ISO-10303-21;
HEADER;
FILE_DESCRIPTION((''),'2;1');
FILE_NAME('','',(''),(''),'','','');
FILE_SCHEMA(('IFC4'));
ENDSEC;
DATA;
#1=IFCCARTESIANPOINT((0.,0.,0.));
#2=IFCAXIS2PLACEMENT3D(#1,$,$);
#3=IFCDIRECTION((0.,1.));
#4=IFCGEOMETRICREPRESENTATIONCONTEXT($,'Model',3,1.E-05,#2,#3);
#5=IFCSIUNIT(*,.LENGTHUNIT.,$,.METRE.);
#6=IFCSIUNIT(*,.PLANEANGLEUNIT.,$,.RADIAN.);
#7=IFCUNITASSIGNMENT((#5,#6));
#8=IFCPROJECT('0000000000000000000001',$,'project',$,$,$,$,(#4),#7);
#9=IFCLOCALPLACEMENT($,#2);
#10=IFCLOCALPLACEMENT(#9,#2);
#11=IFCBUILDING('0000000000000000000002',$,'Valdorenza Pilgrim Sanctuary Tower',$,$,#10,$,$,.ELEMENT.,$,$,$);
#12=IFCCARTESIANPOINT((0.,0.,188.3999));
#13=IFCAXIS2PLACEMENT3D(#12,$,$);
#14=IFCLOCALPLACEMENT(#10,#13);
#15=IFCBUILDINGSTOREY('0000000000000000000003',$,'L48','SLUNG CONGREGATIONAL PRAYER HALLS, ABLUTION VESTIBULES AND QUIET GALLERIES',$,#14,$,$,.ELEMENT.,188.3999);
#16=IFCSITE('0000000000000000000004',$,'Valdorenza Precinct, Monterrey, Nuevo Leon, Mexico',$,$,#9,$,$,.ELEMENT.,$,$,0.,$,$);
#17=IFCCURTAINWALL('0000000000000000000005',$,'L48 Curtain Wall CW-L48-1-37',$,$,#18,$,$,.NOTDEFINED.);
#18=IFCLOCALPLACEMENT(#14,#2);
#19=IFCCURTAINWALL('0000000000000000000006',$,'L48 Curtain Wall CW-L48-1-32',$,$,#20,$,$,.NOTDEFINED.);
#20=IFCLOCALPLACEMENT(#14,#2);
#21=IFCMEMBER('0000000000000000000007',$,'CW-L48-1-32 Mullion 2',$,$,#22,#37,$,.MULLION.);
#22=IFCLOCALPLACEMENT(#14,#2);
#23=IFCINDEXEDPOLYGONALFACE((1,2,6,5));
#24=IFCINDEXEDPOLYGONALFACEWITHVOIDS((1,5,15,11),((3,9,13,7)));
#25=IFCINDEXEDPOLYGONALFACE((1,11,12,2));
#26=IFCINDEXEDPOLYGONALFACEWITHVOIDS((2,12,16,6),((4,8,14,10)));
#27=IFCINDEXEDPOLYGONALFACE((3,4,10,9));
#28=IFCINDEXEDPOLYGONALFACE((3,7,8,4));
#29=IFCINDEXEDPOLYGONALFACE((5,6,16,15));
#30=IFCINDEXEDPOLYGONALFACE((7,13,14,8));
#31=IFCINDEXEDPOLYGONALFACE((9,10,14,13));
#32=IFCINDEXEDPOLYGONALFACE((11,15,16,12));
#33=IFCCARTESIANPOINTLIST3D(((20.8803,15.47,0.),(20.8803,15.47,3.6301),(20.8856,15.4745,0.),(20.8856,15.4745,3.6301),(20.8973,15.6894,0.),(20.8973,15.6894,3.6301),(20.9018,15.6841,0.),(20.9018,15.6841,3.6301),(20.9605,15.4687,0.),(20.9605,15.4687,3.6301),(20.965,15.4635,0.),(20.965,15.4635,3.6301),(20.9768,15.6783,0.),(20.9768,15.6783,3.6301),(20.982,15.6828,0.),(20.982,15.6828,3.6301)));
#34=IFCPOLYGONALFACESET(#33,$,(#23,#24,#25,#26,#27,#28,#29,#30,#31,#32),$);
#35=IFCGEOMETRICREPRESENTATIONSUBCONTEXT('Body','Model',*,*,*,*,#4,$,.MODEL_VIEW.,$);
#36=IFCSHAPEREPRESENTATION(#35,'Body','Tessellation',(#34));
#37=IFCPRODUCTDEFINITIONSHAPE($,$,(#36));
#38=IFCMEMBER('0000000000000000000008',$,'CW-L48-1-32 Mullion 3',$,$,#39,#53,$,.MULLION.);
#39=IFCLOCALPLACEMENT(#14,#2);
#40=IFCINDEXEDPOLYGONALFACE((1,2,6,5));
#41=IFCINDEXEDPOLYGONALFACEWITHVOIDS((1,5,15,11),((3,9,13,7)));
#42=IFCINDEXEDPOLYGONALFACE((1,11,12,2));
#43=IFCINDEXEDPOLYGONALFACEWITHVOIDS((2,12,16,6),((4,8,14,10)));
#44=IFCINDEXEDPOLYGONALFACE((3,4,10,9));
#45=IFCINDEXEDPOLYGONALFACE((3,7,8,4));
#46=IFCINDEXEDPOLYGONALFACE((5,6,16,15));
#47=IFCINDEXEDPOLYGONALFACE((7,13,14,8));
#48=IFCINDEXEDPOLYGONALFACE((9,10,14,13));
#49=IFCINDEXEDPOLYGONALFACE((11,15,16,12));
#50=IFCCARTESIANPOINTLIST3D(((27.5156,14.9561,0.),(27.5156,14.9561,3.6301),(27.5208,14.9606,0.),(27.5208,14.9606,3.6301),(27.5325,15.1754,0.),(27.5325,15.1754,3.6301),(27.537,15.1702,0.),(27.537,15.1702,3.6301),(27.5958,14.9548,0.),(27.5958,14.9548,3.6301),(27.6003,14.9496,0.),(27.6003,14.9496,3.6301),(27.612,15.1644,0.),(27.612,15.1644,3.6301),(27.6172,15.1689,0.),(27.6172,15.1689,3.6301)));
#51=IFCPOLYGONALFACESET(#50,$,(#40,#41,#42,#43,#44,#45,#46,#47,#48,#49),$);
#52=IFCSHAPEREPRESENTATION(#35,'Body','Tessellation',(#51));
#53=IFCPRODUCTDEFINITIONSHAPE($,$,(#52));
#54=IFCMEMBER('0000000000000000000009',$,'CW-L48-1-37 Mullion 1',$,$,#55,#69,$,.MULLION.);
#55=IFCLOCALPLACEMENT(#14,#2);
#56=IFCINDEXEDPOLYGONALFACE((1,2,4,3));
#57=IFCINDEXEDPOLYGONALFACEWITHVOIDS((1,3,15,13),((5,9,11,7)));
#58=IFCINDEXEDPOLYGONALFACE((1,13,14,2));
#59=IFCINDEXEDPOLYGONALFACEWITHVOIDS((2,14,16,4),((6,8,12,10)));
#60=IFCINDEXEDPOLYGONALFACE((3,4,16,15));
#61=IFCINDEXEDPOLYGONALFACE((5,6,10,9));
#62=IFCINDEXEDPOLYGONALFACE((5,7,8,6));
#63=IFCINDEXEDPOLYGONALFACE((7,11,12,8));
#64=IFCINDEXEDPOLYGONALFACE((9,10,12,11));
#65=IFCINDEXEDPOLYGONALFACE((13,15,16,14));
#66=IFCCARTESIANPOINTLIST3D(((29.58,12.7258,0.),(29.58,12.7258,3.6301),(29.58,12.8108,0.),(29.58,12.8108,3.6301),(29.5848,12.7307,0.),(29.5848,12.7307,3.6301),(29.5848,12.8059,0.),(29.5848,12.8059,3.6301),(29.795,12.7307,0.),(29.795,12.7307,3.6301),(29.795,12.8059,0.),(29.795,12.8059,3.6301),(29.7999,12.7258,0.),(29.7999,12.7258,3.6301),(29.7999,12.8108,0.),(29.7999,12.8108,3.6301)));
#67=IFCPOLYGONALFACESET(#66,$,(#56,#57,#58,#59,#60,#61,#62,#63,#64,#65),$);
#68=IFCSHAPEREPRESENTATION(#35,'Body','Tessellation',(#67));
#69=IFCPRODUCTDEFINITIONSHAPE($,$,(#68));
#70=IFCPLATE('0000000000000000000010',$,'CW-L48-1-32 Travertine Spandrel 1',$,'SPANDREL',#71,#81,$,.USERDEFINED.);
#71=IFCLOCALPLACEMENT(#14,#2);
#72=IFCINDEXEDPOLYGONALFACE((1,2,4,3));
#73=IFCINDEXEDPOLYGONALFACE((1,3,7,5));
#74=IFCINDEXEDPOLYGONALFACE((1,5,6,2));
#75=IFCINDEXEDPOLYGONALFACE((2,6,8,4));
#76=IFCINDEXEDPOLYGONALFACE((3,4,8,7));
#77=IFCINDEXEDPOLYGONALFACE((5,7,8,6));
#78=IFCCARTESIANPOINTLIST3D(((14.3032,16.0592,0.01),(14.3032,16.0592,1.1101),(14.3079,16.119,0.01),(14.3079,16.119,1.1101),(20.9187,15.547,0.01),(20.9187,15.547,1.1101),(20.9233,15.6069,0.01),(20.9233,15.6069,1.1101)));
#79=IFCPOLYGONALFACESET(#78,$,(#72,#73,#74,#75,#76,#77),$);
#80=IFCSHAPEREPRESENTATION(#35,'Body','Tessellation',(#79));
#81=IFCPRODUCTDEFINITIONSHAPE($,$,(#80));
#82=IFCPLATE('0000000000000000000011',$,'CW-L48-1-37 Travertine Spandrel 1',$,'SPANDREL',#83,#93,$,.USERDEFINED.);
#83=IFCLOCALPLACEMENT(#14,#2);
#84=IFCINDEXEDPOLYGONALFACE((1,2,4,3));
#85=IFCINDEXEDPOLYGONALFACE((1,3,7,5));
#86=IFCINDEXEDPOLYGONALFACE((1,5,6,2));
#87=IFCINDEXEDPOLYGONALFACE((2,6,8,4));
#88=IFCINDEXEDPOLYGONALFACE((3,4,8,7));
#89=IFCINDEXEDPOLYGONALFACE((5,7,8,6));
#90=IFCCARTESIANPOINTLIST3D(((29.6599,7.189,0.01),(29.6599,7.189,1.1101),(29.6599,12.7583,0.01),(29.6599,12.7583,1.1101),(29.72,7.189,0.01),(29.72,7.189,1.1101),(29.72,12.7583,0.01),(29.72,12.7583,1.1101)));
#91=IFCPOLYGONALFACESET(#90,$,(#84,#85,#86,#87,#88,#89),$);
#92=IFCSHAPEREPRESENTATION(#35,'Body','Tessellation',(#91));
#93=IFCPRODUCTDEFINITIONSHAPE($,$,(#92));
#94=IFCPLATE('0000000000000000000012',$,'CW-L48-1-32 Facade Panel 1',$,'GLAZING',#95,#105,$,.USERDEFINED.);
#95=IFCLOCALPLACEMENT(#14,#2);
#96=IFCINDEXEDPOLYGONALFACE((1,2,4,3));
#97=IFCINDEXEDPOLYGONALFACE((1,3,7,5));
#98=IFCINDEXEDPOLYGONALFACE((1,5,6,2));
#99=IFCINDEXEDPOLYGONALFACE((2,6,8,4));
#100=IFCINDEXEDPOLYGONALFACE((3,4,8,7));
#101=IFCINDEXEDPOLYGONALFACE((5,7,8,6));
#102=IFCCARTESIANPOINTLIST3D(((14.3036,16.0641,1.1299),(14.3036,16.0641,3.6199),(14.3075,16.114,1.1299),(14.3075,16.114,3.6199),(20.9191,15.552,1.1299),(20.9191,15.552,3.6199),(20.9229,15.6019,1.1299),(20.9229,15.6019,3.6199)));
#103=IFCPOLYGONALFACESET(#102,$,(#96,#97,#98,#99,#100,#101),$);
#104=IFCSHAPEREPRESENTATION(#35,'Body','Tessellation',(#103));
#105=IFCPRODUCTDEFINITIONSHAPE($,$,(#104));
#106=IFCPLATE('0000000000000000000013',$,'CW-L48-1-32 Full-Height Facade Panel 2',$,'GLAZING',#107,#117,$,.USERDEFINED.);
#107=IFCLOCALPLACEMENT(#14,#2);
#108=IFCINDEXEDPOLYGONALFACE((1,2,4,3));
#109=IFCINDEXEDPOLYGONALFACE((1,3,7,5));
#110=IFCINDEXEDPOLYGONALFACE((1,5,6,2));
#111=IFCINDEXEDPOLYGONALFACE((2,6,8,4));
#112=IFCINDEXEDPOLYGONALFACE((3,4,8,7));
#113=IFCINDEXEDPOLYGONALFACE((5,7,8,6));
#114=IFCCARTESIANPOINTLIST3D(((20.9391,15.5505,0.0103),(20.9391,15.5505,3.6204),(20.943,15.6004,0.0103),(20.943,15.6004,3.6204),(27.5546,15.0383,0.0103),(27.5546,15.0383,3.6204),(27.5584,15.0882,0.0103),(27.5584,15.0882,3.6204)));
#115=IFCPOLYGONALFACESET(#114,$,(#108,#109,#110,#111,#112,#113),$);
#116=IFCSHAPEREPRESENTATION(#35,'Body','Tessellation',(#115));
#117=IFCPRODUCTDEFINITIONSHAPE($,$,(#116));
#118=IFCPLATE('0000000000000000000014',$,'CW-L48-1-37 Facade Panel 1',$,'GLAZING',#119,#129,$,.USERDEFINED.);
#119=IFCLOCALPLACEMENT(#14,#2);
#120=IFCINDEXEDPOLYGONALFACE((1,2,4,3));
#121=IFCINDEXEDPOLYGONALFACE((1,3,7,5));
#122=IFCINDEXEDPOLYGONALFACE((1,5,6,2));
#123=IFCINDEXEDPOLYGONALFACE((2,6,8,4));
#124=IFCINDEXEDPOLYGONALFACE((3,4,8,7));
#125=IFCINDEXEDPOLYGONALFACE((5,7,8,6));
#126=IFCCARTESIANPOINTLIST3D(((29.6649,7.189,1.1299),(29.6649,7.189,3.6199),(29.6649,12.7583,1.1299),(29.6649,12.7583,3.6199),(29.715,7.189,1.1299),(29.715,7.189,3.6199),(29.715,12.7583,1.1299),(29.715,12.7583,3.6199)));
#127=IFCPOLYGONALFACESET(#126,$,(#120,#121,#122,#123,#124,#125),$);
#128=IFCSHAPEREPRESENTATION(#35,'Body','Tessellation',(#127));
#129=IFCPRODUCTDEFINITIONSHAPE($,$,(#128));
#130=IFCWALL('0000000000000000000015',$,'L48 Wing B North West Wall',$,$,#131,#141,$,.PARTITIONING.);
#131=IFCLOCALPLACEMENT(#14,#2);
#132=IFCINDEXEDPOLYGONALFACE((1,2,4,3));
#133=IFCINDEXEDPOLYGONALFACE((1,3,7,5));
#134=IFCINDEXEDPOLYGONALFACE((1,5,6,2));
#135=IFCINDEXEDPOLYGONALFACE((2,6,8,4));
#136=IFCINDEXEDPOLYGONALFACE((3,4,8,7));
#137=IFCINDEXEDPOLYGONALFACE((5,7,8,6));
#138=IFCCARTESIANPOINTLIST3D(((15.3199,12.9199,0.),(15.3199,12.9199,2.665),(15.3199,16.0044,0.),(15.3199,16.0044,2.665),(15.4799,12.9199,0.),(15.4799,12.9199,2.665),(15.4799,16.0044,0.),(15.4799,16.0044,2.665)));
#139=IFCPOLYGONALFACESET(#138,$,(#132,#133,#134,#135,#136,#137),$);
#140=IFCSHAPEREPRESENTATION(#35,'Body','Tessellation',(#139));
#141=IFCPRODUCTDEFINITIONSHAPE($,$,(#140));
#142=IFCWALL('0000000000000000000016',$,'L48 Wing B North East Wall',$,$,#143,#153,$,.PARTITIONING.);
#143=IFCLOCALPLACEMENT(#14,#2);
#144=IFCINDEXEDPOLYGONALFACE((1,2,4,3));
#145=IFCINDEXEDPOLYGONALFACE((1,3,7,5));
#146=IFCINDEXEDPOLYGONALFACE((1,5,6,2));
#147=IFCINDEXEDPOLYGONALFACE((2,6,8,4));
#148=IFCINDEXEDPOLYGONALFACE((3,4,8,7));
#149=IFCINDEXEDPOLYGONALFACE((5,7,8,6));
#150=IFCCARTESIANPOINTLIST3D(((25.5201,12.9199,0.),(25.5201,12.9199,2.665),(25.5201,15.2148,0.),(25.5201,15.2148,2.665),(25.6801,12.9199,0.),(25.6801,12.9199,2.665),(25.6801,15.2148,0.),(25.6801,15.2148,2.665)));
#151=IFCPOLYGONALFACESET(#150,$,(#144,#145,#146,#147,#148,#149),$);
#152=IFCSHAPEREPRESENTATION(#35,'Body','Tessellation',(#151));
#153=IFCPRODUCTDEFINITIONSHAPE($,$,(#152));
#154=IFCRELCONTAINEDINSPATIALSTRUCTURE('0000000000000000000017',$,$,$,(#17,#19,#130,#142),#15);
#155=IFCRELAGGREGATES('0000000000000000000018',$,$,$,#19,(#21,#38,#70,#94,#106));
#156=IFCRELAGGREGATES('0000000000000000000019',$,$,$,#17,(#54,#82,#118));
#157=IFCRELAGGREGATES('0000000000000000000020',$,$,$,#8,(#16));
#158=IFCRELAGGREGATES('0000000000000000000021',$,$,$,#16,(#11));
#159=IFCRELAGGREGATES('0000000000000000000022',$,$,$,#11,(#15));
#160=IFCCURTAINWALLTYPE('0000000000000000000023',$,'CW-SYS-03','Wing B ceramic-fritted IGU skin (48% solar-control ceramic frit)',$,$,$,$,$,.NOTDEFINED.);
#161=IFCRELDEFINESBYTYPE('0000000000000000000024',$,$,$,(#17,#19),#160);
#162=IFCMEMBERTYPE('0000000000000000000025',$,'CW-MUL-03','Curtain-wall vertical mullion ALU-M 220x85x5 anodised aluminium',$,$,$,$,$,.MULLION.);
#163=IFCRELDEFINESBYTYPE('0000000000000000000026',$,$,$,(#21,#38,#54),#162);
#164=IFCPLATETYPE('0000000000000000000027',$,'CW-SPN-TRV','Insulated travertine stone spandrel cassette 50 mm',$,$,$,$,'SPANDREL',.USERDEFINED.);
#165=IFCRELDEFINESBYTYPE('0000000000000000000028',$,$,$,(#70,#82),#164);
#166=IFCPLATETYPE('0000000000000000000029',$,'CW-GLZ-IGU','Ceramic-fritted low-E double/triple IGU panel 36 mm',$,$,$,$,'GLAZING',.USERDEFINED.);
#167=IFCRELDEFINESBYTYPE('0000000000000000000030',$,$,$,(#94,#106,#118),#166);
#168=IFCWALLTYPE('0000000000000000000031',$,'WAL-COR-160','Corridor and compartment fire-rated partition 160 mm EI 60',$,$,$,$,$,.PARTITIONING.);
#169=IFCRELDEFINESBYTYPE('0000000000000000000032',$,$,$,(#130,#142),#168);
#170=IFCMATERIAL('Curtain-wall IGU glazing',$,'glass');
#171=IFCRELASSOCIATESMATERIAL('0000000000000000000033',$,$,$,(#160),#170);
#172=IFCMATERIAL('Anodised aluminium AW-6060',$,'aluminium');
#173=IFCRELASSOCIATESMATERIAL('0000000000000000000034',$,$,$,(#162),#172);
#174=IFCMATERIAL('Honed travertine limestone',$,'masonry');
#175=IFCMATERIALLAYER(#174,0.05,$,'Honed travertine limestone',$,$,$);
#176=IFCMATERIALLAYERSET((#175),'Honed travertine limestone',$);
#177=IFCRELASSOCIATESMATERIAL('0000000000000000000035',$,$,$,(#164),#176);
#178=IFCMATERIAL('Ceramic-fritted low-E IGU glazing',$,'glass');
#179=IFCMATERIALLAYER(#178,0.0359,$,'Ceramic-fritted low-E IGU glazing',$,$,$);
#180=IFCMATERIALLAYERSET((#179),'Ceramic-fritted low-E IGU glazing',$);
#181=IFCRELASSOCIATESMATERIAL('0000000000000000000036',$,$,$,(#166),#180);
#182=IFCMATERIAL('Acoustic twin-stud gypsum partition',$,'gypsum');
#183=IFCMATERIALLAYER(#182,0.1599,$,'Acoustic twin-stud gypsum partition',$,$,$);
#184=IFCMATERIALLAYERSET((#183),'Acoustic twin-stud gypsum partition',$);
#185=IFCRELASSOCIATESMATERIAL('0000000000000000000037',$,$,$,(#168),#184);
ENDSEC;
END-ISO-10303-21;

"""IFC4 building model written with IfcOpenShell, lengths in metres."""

from ifc_helpers import new_model, si_unit, direction, frame, frame_2d, origin, origin_2d, place, context, subcontext, project, spatial, rectangle, hollow_rectangle, extrude, source, transform, mapped, material, layer, layer_set, material_profile, profile_set, type_object, element, aggregate, save


model = new_model("IFC4")

# Units and contexts
model_context = context("Model", 3, precision=1e-05, world=origin(), true_north=direction((0.0, 1.0)))
body_context = subcontext(model_context, "Body", "Model", "MODEL_VIEW")
ifc_project = project(units=[si_unit("LENGTHUNIT", "METRE"), si_unit("PLANEANGLEUNIT", "RADIAN")], contexts=[model_context])

# Site, building, storey
site_placement = place(None, origin())
site = spatial("IfcSite", under=ifc_project, at=site_placement, Name="Valdorenza Precinct, Monterrey, Nuevo Leon, Mexico", CompositionType="ELEMENT", RefElevation=0.0)
building_placement = place(site_placement, origin())
building = spatial("IfcBuilding", under=site, at=building_placement, Name="Valdorenza Pilgrim Sanctuary Tower", CompositionType="ELEMENT")
storey_placement = place(building_placement, frame((0.0, 0.0, 188.3999)))
storey = spatial("IfcBuildingStorey", under=building, at=storey_placement, Name="L48", Description="SLUNG CONGREGATIONAL PRAYER HALLS, ABLUTION VESTIBULES AND QUIET GALLERIES", CompositionType="ELEMENT", Elevation=188.3999)

# Curtain wall
ifc_material_1 = material(Name="Curtain-wall IGU glazing", Category="glass")
curtain_wall_type = type_object("IfcCurtainWallType", Name="CW-SYS-03", Description="Wing B ceramic-fritted IGU skin (48% solar-control ceramic frit)", PredefinedType="NOTDEFINED", material=ifc_material_1)
curtain_wall_1_placement = place(storey_placement, origin())
curtain_wall_1 = element("IfcCurtainWall", 1, at=curtain_wall_1_placement, inside=storey, type_object=curtain_wall_type, Name="L48 Curtain Wall CW-L48-1-37", PredefinedType="NOTDEFINED")
ifc_material_2 = material(Name="Anodised aluminium AW-6060", Category="aluminium")

# Curtain wall, members
curtain_wall_2_placement = place(storey_placement, origin())
curtain_wall_2 = element("IfcCurtainWall", 2, at=curtain_wall_2_placement, inside=storey, type_object=curtain_wall_type, Name="L48 Curtain Wall CW-L48-1-32", PredefinedType="NOTDEFINED")
ifc_material_profile_1 = material_profile(ifc_material_2, hollow_rectangle(XDim=0.085, YDim=0.22, WallThickness=0.0049, at=origin_2d()), Name="ALU-M 220x85x5")
ifc_profile_set_1 = profile_set([ifc_material_profile_1], Name="Anodised aluminium AW-6060")
member_type_1 = type_object("IfcMemberType", Name="CW-MUL-03", Description="Curtain-wall vertical mullion ALU-M 220x85x5 anodised aluminium", PredefinedType="MULLION", material=ifc_profile_set_1)
shared_shape_1 = source(origin(), body_context, "Body", "SweptSolid", [
    extrude(hollow_rectangle(XDim=0.085, YDim=0.22, WallThickness=0.0049, at=origin_2d()), origin(), (0.0, 0.0, 1.0), 3.6301),
])
member_1_placement = place(storey_placement, frame((20.9312, 15.5764, 0.0), z_axis=(0.0, 0.0, 1.0), x_axis=(0.997016, -0.077189, 0.0)))
member_1 = element("IfcMember", 3, at=member_1_placement, type_object=member_type_1, Name="CW-L48-1-32 Mullion 2", PredefinedType="MULLION", context=body_context, shape_type="MappedRepresentation", body=[
    mapped(shared_shape_1, transform((0.0, 0.0, 0.0), x_axis=(1.0, 0.0, 0.0), y_axis=(0.0, 1.0, 0.0), z_axis=(0.0, 0.0, 1.0), scale=1.0)),
])
member_2_placement = place(storey_placement, frame((27.5664, 15.0625, 0.0), z_axis=(0.0, 0.0, 1.0), x_axis=(0.997016, -0.077189, 0.0)))
member_2 = element("IfcMember", 4, at=member_2_placement, type_object=member_type_1, Name="CW-L48-1-32 Mullion 3", PredefinedType="MULLION", context=body_context, shape_type="MappedRepresentation", body=[
    mapped(shared_shape_1, transform((0.0, 0.0, 0.0), x_axis=(1.0, 0.0, 0.0), y_axis=(0.0, 1.0, 0.0), z_axis=(0.0, 0.0, 1.0), scale=1.0)),
])

# Member
member_3_placement = place(storey_placement, frame((29.6899, 12.7683, 0.0), z_axis=(0.0, 0.0, 1.0), x_axis=(0.0, -1.0, 0.0)))
member_3 = element("IfcMember", 5, at=member_3_placement, type_object=member_type_1, Name="CW-L48-1-37 Mullion 1", PredefinedType="MULLION", context=body_context, shape_type="MappedRepresentation", body=[
    mapped(shared_shape_1, transform((0.0, 0.0, 0.0), x_axis=(1.0, 0.0, 0.0), y_axis=(0.0, 1.0, 0.0), z_axis=(0.0, 0.0, 1.0), scale=1.0)),
])

# Plates
ifc_material_3 = material(Name="Honed travertine limestone", Category="masonry")
ifc_layer_1 = layer(ifc_material_3, 0.05, Name="Honed travertine limestone")
ifc_layer_set_1 = layer_set([ifc_layer_1], Name="Honed travertine limestone")
plate_type_1 = type_object("IfcPlateType", Name="CW-SPN-TRV", Description="Insulated travertine stone spandrel cassette 50 mm", ElementType="SPANDREL", PredefinedType="USERDEFINED", material=ifc_layer_set_1)
shared_shape_2 = source(origin(), body_context, "Body", "SweptSolid", [
    extrude(rectangle(XDim=6.6353, YDim=0.0601, at=origin_2d()), origin(), (0.0, 0.0, 1.0), 1.1001),
])
plate_1_placement = place(storey_placement, frame((17.6133, 15.833, 0.01), z_axis=(0.0, 0.0, 1.0), x_axis=(0.997016, -0.077189, 0.0)))
plate_1 = element("IfcPlate", 6, at=plate_1_placement, type_object=plate_type_1, Name="CW-L48-1-32 Travertine Spandrel 1", ObjectType="SPANDREL", PredefinedType="USERDEFINED", context=body_context, shape_type="MappedRepresentation", body=[
    mapped(shared_shape_2, transform((0.0, 0.0, 0.0), x_axis=(1.0, 0.0, 0.0), y_axis=(0.0, 1.0, 0.0), z_axis=(0.0, 0.0, 1.0), scale=1.0)),
])
shared_shape_3 = source(origin(), body_context, "Body", "SweptSolid", [
    extrude(rectangle(XDim=5.5693, YDim=0.0601, at=origin_2d()), origin(), (0.0, 0.0, 1.0), 1.1001),
])
plate_2_placement = place(storey_placement, frame((29.6899, 9.9736, 0.01), z_axis=(0.0, 0.0, 1.0), x_axis=(0.0, -1.0, 0.0)))
plate_2 = element("IfcPlate", 7, at=plate_2_placement, type_object=plate_type_1, Name="CW-L48-1-37 Travertine Spandrel 1", ObjectType="SPANDREL", PredefinedType="USERDEFINED", context=body_context, shape_type="MappedRepresentation", body=[
    mapped(shared_shape_3, transform((0.0, 0.0, 0.0), x_axis=(1.0, 0.0, 0.0), y_axis=(0.0, 1.0, 0.0), z_axis=(0.0, 0.0, 1.0), scale=1.0)),
])
ifc_material_4 = material(Name="Ceramic-fritted low-E IGU glazing", Category="glass")
ifc_layer_2 = layer(ifc_material_4, 0.0359, Name="Ceramic-fritted low-E IGU glazing")
ifc_layer_set_2 = layer_set([ifc_layer_2], Name="Ceramic-fritted low-E IGU glazing")
plate_type_2 = type_object("IfcPlateType", Name="CW-GLZ-IGU", Description="Ceramic-fritted low-E double/triple IGU panel 36 mm", ElementType="GLAZING", PredefinedType="USERDEFINED", material=ifc_layer_set_2)
shared_shape_4 = source(origin(), body_context, "Body", "SweptSolid", [
    extrude(rectangle(XDim=6.6353, YDim=0.05, at=origin_2d()), origin(), (0.0, 0.0, 1.0), 2.49),
])
plate_3_placement = place(storey_placement, frame((17.6133, 15.833, 1.1299), z_axis=(0.0, 0.0, 1.0), x_axis=(0.997016, -0.077189, 0.0)))
plate_3 = element("IfcPlate", 8, at=plate_3_placement, type_object=plate_type_2, Name="CW-L48-1-32 Facade Panel 1", ObjectType="GLAZING", PredefinedType="USERDEFINED", context=body_context, shape_type="MappedRepresentation", body=[
    mapped(shared_shape_4, transform((0.0, 0.0, 0.0), x_axis=(1.0, 0.0, 0.0), y_axis=(0.0, 1.0, 0.0), z_axis=(0.0, 0.0, 1.0), scale=1.0)),
])
shared_shape_5 = source(origin(), body_context, "Body", "SweptSolid", [
    extrude(rectangle(XDim=6.6353, YDim=0.05, at=origin_2d()), origin(), (0.0, 0.0, 1.0), 3.6101),
])
plate_4_placement = place(storey_placement, frame((24.2488, 15.3193, 0.0103), z_axis=(0.0, 0.0, 1.0), x_axis=(0.997016, -0.077189, 0.0)))
plate_4 = element("IfcPlate", 9, at=plate_4_placement, type_object=plate_type_2, Name="CW-L48-1-32 Full-Height Facade Panel 2", ObjectType="GLAZING", PredefinedType="USERDEFINED", context=body_context, shape_type="MappedRepresentation", body=[
    mapped(shared_shape_5, transform((0.0, 0.0, 0.0), x_axis=(1.0, 0.0, 0.0), y_axis=(0.0, 1.0, 0.0), z_axis=(0.0, 0.0, 1.0), scale=1.0)),
])
aggregate(curtain_wall_2, [member_1, member_2, plate_1, plate_3, plate_4])
shared_shape_6 = source(origin(), body_context, "Body", "SweptSolid", [
    extrude(rectangle(XDim=5.5693, YDim=0.05, at=origin_2d()), origin(), (0.0, 0.0, 1.0), 2.49),
])
plate_5_placement = place(storey_placement, frame((29.6899, 9.9736, 1.1299), z_axis=(0.0, 0.0, 1.0), x_axis=(0.0, -1.0, 0.0)))
plate_5 = element("IfcPlate", 10, at=plate_5_placement, type_object=plate_type_2, Name="CW-L48-1-37 Facade Panel 1", ObjectType="GLAZING", PredefinedType="USERDEFINED", context=body_context, shape_type="MappedRepresentation", body=[
    mapped(shared_shape_6, transform((0.0, 0.0, 0.0), x_axis=(1.0, 0.0, 0.0), y_axis=(0.0, 1.0, 0.0), z_axis=(0.0, 0.0, 1.0), scale=1.0)),
])
aggregate(curtain_wall_1, [member_3, plate_2, plate_5])

# Walls
ifc_material_5 = material(Name="Acoustic twin-stud gypsum partition", Category="gypsum")
ifc_layer_3 = layer(ifc_material_5, 0.1599, Name="Acoustic twin-stud gypsum partition")
ifc_layer_set_3 = layer_set([ifc_layer_3], Name="Acoustic twin-stud gypsum partition")
wall_type_1 = type_object("IfcWallType", Name="WAL-COR-160", Description="Corridor and compartment fire-rated partition 160 mm EI 60", PredefinedType="PARTITIONING", material=ifc_layer_set_3)
wall_1_placement = place(storey_placement, frame((15.3999, 12.9199, 0.0), z_axis=(0.0, 0.0, 1.0), x_axis=(0.0, 1.0, 0.0)))
element("IfcWall", 11, at=wall_1_placement, inside=storey, type_object=wall_type_1, Name="L48 Wing B North West Wall", PredefinedType="PARTITIONING", context=body_context, shape_type="SweptSolid", body=[
    extrude(rectangle(XDim=3.0845, YDim=0.1599, at=frame_2d((1.5422, 0.0))), origin(), (0.0, 0.0, 1.0), 2.665),
])
wall_2_placement = place(storey_placement, frame((25.6001, 12.9199, 0.0), z_axis=(0.0, 0.0, 1.0), x_axis=(0.0, 1.0, 0.0)))
element("IfcWall", 12, at=wall_2_placement, inside=storey, type_object=wall_type_1, Name="L48 Wing B North East Wall", PredefinedType="PARTITIONING", context=body_context, shape_type="SweptSolid", body=[
    extrude(rectangle(XDim=2.2949, YDim=0.1599, at=frame_2d((1.1475, 0.0))), origin(), (0.0, 0.0, 1.0), 2.665),
])

save(model, "model.ifc")
